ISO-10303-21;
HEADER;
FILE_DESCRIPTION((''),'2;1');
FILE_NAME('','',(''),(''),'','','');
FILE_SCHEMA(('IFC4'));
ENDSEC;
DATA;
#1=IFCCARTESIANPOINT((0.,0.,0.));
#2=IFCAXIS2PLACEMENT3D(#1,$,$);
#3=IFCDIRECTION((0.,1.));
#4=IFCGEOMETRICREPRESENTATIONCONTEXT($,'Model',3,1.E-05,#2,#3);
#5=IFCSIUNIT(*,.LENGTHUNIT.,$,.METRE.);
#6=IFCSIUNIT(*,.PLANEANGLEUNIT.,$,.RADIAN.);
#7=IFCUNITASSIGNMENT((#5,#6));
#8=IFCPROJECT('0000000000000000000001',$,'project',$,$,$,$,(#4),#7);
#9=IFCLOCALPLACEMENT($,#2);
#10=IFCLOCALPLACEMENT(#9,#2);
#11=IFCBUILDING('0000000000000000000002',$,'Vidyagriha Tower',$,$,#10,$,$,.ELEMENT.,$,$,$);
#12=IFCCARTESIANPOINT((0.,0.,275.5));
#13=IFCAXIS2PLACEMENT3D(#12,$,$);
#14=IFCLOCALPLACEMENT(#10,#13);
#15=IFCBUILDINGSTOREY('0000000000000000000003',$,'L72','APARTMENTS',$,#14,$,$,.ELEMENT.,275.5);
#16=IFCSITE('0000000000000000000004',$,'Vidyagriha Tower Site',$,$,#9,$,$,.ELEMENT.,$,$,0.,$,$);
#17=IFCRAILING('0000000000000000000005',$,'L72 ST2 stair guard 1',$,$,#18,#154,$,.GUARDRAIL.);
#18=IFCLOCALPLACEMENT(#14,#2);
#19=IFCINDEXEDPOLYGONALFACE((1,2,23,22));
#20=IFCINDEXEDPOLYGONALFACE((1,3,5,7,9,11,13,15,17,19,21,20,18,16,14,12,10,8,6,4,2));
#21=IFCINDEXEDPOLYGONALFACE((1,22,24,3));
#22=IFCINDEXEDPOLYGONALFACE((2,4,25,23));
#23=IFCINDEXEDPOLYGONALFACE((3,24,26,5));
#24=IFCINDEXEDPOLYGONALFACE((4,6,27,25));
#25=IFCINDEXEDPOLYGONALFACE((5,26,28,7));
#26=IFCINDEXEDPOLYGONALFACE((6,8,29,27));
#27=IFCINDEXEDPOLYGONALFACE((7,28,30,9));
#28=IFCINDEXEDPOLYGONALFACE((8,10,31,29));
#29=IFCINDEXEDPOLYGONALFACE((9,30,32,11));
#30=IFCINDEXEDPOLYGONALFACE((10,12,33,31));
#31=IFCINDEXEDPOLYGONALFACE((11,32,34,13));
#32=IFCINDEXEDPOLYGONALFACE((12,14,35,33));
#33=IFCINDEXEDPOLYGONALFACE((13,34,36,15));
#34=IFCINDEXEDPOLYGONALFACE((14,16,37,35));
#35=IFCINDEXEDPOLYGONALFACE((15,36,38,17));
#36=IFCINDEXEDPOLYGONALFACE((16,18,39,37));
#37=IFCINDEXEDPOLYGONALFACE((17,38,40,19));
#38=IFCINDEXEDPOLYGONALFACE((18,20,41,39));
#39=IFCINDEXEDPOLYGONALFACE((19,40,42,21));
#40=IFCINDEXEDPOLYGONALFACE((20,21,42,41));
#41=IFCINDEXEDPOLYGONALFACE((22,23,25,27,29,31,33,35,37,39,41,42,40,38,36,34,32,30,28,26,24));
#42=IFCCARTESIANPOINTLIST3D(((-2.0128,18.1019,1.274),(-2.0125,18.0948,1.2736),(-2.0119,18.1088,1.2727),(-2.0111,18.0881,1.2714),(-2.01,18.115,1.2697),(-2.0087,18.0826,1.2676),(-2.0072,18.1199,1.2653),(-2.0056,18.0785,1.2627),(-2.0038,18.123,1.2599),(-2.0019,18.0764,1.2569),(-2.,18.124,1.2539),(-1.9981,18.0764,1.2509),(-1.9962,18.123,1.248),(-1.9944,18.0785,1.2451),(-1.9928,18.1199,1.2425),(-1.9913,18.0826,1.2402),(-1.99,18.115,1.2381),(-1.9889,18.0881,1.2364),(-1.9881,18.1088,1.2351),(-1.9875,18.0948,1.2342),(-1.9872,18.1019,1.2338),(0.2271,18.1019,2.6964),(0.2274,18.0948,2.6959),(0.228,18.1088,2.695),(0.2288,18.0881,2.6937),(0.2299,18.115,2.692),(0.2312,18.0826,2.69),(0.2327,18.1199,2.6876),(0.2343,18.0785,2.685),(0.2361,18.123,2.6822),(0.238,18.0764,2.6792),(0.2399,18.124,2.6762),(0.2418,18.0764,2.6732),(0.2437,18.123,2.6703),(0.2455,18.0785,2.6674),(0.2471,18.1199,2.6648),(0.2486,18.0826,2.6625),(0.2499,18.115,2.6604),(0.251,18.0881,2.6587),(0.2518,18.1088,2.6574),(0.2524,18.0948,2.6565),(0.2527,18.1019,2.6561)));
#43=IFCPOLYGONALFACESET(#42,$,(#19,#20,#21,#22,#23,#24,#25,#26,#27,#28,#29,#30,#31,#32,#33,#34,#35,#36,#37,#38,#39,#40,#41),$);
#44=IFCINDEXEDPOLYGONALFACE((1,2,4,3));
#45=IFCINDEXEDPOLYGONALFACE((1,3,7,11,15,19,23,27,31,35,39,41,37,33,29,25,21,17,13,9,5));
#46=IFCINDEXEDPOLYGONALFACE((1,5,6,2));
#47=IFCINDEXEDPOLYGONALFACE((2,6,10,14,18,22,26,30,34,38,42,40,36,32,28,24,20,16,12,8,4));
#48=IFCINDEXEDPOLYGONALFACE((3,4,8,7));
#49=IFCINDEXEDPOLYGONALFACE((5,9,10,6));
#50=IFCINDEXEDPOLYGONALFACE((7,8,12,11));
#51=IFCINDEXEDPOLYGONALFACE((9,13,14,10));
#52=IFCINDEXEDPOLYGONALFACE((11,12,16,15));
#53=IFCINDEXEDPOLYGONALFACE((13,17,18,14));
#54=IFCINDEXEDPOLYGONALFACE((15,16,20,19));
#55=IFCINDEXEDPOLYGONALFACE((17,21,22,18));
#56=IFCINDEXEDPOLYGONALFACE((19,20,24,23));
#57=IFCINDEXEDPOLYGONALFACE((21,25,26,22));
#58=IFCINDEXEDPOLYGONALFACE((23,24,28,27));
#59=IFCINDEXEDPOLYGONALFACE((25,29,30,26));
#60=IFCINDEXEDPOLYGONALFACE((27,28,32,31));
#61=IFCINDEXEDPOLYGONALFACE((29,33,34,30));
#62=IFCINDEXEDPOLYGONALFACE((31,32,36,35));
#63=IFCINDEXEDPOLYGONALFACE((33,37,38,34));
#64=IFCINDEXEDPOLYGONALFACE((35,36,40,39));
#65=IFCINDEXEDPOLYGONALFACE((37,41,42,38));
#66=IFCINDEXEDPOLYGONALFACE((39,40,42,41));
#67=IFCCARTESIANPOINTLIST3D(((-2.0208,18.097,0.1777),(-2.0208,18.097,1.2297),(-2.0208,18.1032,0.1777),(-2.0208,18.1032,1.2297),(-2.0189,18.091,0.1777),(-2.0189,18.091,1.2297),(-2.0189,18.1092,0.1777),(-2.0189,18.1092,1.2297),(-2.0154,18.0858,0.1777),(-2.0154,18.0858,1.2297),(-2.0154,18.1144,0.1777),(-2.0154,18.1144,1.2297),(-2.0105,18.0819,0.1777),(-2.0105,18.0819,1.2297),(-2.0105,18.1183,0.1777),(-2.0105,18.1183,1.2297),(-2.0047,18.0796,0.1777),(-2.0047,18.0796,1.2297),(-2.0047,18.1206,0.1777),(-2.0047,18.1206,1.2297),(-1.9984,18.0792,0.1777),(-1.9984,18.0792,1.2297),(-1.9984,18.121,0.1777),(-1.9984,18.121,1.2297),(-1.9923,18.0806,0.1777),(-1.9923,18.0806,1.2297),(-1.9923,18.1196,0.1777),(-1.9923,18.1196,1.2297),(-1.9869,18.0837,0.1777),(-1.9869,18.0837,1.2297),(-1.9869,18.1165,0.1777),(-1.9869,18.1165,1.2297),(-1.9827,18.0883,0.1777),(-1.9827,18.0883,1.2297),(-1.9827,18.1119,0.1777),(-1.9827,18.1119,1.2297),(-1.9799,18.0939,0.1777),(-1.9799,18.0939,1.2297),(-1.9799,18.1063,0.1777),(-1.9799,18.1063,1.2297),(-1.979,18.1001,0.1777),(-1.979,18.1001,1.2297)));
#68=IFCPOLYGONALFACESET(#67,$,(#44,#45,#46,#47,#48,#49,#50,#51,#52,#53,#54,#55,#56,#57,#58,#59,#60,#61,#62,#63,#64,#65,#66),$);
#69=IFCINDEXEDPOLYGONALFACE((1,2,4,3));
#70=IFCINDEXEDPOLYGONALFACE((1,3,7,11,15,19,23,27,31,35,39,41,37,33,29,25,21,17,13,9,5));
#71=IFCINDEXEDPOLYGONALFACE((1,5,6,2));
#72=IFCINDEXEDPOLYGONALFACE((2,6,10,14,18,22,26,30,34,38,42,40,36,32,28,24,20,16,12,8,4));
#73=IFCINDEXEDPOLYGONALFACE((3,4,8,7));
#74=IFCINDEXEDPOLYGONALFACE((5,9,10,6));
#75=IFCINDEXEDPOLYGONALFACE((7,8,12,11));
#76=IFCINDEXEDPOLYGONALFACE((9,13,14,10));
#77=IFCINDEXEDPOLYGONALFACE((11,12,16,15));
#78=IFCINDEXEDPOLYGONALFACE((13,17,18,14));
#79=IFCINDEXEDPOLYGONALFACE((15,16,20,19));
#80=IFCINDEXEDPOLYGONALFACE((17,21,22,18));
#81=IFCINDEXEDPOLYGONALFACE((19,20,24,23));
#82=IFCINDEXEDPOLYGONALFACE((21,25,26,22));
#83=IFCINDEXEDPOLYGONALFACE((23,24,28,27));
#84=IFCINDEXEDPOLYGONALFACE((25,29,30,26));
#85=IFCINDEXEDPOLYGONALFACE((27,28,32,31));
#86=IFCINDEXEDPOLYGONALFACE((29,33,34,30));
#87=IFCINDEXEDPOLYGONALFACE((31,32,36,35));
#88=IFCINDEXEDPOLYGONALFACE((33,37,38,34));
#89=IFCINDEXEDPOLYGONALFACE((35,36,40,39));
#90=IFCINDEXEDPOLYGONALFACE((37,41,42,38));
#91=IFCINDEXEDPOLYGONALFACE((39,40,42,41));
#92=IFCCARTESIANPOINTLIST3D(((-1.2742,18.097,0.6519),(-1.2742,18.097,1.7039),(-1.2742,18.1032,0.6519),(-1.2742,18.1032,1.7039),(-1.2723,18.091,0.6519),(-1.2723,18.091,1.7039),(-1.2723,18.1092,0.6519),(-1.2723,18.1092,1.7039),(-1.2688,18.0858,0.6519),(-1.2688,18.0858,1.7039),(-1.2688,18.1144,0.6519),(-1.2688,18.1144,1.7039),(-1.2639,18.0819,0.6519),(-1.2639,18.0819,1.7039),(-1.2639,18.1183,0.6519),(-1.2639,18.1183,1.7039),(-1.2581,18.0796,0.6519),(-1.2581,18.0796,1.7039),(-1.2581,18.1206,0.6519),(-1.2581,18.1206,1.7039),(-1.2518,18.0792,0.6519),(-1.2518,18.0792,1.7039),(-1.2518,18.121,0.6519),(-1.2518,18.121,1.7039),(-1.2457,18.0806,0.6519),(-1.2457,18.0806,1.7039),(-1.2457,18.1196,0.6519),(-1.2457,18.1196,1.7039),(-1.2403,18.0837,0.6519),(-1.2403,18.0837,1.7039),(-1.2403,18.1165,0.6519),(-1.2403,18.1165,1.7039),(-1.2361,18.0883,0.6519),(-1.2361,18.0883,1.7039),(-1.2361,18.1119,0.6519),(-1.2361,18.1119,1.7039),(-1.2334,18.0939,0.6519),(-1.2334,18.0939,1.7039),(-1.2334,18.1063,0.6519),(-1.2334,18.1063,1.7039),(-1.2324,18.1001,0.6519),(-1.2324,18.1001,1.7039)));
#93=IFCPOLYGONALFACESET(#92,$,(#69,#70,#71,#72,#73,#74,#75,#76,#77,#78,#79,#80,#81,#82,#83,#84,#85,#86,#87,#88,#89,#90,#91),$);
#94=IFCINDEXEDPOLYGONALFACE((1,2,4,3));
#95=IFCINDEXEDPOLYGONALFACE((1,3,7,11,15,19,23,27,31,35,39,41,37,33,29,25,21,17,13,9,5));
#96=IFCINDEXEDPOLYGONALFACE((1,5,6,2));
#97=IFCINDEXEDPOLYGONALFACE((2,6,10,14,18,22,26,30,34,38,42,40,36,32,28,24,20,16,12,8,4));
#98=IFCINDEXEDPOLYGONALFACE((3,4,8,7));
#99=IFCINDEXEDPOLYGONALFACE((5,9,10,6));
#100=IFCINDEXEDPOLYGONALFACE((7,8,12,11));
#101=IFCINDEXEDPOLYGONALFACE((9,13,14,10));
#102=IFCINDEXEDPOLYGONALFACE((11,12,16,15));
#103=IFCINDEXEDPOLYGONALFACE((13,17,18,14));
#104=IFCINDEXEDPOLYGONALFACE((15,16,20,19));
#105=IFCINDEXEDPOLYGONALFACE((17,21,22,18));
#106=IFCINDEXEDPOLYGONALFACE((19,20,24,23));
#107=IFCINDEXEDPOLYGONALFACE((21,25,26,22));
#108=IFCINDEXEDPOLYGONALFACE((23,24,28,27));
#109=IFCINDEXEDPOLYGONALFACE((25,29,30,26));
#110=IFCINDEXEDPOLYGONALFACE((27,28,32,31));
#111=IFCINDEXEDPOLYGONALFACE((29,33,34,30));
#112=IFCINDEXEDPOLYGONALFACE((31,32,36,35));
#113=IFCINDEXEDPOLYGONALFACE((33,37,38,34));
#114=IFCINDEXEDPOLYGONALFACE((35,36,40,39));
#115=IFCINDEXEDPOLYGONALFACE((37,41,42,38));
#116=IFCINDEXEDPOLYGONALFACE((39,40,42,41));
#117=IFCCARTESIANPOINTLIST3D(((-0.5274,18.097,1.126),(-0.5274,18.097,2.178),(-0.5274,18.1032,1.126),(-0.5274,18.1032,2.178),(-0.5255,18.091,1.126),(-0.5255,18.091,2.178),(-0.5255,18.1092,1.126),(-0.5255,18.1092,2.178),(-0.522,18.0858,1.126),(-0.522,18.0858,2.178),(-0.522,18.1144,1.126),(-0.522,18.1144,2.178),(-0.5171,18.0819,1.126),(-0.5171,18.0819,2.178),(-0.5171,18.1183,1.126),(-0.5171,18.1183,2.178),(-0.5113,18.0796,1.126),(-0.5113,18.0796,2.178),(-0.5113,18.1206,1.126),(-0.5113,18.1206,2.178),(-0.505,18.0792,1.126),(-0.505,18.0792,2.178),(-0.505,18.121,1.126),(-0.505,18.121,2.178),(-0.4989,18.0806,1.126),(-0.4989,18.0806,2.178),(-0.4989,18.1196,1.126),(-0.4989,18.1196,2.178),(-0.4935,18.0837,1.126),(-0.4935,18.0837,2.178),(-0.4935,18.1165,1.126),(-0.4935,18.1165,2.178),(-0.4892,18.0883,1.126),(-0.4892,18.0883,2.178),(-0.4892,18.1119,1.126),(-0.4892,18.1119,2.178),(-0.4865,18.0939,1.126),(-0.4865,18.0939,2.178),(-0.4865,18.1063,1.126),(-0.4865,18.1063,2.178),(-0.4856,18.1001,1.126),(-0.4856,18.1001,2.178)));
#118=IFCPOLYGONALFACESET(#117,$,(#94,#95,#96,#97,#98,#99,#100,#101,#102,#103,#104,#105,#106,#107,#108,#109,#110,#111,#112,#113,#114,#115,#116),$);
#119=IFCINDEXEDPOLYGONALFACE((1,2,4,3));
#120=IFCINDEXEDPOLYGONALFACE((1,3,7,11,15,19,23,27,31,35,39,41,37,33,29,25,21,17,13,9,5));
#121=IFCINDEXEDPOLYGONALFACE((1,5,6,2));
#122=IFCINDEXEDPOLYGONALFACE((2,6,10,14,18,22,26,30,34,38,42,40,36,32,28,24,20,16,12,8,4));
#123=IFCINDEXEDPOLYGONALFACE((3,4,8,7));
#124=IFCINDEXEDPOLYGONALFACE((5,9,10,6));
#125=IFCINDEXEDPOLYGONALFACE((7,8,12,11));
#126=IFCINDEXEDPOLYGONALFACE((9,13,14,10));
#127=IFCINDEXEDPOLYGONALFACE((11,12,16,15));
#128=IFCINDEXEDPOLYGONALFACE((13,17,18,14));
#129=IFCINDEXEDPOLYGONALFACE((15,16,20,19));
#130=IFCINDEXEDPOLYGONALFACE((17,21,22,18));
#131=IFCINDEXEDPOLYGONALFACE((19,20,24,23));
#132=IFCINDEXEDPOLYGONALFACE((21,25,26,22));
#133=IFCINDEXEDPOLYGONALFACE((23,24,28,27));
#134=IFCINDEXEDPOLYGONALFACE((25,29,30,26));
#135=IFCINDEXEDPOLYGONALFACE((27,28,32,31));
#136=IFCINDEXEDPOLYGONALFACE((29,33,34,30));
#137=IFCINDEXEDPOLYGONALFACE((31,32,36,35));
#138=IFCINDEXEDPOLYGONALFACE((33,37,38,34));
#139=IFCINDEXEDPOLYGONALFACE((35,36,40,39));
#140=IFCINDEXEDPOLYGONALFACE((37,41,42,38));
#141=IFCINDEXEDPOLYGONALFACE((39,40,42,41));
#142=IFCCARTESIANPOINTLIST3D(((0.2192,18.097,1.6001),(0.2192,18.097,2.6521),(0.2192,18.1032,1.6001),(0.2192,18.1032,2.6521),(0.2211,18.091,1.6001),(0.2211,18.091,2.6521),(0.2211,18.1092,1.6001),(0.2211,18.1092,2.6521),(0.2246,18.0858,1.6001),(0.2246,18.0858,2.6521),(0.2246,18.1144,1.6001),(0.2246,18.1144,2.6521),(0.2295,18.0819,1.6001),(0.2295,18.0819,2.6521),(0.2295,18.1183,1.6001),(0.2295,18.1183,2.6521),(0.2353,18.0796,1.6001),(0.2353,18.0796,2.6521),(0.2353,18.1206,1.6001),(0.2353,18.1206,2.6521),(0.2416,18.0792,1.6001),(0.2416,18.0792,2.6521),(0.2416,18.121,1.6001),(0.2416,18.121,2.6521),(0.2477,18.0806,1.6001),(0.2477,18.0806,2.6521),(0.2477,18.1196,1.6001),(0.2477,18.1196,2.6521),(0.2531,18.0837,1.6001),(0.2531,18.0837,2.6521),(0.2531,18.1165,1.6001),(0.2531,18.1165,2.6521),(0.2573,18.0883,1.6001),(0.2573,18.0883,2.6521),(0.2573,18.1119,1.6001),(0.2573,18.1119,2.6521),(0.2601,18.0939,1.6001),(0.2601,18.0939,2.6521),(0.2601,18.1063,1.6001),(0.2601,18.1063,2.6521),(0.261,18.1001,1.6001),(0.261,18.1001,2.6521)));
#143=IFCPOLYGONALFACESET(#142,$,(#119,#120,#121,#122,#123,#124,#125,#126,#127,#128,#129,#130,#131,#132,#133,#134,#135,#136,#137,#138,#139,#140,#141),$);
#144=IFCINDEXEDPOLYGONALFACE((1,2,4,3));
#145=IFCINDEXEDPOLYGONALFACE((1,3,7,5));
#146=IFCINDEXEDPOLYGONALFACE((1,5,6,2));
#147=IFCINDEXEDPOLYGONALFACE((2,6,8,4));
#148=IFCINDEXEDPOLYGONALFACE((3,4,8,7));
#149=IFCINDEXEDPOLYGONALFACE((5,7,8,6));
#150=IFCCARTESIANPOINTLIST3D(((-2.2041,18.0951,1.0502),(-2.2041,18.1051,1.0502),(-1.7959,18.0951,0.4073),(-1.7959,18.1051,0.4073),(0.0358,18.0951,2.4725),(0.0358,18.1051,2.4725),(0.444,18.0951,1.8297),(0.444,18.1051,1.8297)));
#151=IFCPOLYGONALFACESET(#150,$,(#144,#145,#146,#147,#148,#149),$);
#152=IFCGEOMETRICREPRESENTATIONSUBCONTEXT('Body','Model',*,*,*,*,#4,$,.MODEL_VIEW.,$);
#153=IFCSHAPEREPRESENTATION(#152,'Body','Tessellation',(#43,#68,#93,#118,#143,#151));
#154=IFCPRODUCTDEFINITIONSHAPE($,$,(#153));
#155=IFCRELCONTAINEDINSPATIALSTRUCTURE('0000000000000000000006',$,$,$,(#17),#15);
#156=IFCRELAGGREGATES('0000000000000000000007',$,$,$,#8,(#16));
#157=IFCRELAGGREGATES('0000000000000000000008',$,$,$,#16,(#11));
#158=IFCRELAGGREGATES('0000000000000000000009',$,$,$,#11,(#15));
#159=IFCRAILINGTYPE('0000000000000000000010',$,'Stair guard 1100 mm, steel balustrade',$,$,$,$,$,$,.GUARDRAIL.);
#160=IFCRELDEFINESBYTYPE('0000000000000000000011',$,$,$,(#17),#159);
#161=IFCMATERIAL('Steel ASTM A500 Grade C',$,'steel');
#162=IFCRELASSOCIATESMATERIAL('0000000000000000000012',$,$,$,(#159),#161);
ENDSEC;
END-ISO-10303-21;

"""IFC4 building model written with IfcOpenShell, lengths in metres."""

from ifc_helpers import new_model, si_unit, direction, frame, origin, origin_2d, place, context, subcontext, project, spatial, rectangle, circle, extrude, material, type_object, element, save


model = new_model("IFC4")

# Units and contexts
model_context = context("Model", 3, precision=1e-05, world=origin(), true_north=direction((0.0, 1.0)))
body_context = subcontext(model_context, "Body", "Model", "MODEL_VIEW")
ifc_project = project(units=[si_unit("LENGTHUNIT", "METRE"), si_unit("PLANEANGLEUNIT", "RADIAN")], contexts=[model_context])

# Site, building, storey
site_placement = place(None, origin())
site = spatial("IfcSite", under=ifc_project, at=site_placement, Name="Vidyagriha Tower Site", CompositionType="ELEMENT", RefElevation=0.0)
building_placement = place(site_placement, origin())
building = spatial("IfcBuilding", under=site, at=building_placement, Name="Vidyagriha Tower", CompositionType="ELEMENT")
storey_placement = place(building_placement, frame((0.0, 0.0, 275.5)))
storey = spatial("IfcBuildingStorey", under=building, at=storey_placement, Name="L72", Description="APARTMENTS", CompositionType="ELEMENT", Elevation=275.5)

# Railing
ifc_material_1 = material(Name="Steel ASTM A500 Grade C", Category="steel")
railing_type_1 = type_object("IfcRailingType", Name="Stair guard 1100 mm, steel balustrade", PredefinedType="GUARDRAIL", material=ifc_material_1)
railing_1_placement = place(storey_placement, frame((-2.0, 18.1001, 0.1777)))
element("IfcRailing", 1, at=railing_1_placement, inside=storey, type_object=railing_type_1, Name="L72 ST2 stair guard 1", PredefinedType="GUARDRAIL", context=body_context, shape_type="SweptSolid", body=[
    extrude(circle(Radius=0.0239, at=origin_2d()), frame((0.0, 0.0, 1.0762), z_axis=(0.844188, 0.0, 0.536048), x_axis=(0.0, 1.0, 0.0)), (0.0, 0.0, 1.0), 2.6533),
    extrude(circle(Radius=0.021, at=origin_2d()), origin(), (0.0, 0.0, 1.0), 1.052),
    extrude(circle(Radius=0.021, at=origin_2d()), frame((0.7466, 0.0, 0.4741)), (0.0, 0.0, 1.0), 1.052),
    extrude(circle(Radius=0.021, at=origin_2d()), frame((1.4934, 0.0, 0.9482)), (0.0, 0.0, 1.0), 1.052),
    extrude(circle(Radius=0.021, at=origin_2d()), frame((2.24, 0.0, 1.4224)), (0.0, 0.0, 1.0), 1.052),
    extrude(rectangle(XDim=0.01, YDim=0.7615, at=origin_2d()), frame((0.0, 0.0, 0.551), z_axis=(0.844188, 0.0, 0.536048), x_axis=(0.0, 1.0, 0.0)), (0.0, 0.0, 1.0), 2.6533),
])

save(model, "model.ifc")
